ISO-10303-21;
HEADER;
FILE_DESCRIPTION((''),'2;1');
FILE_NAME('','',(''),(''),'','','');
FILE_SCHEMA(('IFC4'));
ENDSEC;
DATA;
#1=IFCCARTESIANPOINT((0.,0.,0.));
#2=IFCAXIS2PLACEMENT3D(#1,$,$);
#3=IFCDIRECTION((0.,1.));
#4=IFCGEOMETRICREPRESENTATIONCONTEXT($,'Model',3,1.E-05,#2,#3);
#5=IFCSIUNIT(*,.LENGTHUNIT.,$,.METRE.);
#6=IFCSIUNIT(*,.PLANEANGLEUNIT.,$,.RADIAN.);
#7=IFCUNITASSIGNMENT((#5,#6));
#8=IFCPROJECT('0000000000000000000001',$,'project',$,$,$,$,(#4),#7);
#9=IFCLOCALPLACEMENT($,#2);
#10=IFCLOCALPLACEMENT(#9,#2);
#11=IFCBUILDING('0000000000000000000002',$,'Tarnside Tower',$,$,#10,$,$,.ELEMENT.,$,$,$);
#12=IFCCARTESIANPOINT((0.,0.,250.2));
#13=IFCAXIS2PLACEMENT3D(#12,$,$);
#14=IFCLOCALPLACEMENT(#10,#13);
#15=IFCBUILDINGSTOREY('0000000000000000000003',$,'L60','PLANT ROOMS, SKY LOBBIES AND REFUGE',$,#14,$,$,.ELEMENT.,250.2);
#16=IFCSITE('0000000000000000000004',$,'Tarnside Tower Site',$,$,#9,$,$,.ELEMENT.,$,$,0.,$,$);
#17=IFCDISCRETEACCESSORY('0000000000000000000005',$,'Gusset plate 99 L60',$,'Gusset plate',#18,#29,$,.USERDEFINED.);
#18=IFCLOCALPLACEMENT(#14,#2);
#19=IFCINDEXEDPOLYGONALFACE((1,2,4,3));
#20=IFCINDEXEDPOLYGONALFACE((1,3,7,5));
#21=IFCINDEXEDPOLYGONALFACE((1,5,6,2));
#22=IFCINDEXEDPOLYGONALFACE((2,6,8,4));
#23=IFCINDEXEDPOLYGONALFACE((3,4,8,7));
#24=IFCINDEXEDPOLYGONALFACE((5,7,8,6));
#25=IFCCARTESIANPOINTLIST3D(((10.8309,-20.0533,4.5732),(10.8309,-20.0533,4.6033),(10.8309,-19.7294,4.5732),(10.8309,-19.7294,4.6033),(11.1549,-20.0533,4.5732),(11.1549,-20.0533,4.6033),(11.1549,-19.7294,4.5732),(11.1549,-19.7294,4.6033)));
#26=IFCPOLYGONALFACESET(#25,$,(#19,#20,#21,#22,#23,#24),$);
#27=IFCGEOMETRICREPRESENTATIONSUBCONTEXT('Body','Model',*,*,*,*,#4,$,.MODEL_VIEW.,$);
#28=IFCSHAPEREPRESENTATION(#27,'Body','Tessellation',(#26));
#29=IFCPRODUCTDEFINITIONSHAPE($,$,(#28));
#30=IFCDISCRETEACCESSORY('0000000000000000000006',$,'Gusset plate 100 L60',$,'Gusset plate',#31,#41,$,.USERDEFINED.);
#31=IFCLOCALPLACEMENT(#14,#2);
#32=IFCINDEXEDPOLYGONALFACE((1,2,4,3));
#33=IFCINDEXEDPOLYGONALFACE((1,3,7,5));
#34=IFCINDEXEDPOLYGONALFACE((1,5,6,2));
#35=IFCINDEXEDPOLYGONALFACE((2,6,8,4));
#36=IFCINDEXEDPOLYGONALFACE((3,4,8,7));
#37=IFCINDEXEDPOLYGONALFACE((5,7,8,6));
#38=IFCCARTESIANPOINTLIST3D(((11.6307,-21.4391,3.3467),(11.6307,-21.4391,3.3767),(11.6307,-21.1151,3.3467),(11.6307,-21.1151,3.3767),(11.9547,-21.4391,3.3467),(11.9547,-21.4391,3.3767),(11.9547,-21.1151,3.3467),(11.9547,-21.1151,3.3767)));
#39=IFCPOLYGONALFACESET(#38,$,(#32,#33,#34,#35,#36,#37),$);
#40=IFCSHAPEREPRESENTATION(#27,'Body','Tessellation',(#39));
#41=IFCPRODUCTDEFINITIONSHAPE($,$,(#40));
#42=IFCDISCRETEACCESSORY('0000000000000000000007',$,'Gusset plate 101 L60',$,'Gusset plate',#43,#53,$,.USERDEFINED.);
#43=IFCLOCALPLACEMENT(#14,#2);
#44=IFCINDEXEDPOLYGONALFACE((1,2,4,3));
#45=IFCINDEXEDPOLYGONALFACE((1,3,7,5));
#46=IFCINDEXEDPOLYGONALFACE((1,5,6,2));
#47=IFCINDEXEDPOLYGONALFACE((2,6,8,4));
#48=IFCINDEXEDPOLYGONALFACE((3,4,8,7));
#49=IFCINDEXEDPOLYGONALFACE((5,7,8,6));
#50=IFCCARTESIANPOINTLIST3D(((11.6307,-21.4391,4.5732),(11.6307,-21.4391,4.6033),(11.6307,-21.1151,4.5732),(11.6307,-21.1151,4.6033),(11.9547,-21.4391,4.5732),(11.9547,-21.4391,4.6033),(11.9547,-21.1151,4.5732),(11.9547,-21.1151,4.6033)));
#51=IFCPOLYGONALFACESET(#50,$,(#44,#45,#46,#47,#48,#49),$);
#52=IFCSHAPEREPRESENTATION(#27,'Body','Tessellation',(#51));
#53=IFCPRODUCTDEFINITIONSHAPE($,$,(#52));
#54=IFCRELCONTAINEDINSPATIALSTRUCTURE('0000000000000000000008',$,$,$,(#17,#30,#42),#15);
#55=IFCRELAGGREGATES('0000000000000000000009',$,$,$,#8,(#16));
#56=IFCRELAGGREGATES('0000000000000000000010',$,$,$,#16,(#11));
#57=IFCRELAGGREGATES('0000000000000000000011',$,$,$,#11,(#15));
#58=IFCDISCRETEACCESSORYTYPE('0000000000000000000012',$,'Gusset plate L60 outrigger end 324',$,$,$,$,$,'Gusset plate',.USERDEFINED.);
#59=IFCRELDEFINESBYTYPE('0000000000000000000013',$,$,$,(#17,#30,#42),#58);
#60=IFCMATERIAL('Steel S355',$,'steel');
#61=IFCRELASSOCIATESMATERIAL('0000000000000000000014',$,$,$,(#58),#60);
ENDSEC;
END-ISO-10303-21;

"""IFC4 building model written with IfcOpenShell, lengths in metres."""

from ifc_helpers import new_model, si_unit, direction, frame, origin, origin_2d, place, context, subcontext, project, spatial, rectangle, extrude, material, type_object, element, save


model = new_model("IFC4")

# Units and contexts
model_context = context("Model", 3, precision=1e-05, world=origin(), true_north=direction((0.0, 1.0)))
body_context = subcontext(model_context, "Body", "Model", "MODEL_VIEW")
ifc_project = project(units=[si_unit("LENGTHUNIT", "METRE"), si_unit("PLANEANGLEUNIT", "RADIAN")], contexts=[model_context])

# Site, building, storey
site_placement = place(None, origin())
site = spatial("IfcSite", under=ifc_project, at=site_placement, Name="Tarnside Tower Site", CompositionType="ELEMENT", RefElevation=0.0)
building_placement = place(site_placement, origin())
building = spatial("IfcBuilding", under=site, at=building_placement, Name="Tarnside Tower", CompositionType="ELEMENT")
storey_placement = place(building_placement, frame((0.0, 0.0, 250.2)))
storey = spatial("IfcBuildingStorey", under=building, at=storey_placement, Name="L60", Description="PLANT ROOMS, SKY LOBBIES AND REFUGE", CompositionType="ELEMENT", Elevation=250.2)

# Shared definitions
ifc_material_1 = material(Name="Steel S355", Category="steel")

# Discrete accessories
discrete_accessory_type_1 = type_object("IfcDiscreteAccessoryType", Name="Gusset plate L60 outrigger end 324", ElementType="Gusset plate", PredefinedType="USERDEFINED", material=ifc_material_1)
for number, where, z_axis, x_axis, name in (
    (1, (10.9929, -19.8914, 4.5732), (0.0, 0.0, 1.0), (1.0, 0.0, 0.0), "Gusset plate 99 L60"),
    (2, (11.7927, -21.2771, 3.3467), (0.0, 0.0, 1.0), (1.0, 0.0, 0.0), "Gusset plate 100 L60"),
    (3, (11.7927, -21.2771, 4.5732), (0.0, 0.0, 1.0), (1.0, 0.0, 0.0), "Gusset plate 101 L60"),
):
    element("IfcDiscreteAccessory", number, at=place(storey_placement, frame(where, z_axis=z_axis, x_axis=x_axis)), inside=storey, type_object=discrete_accessory_type_1, Name=name, ObjectType="Gusset plate", PredefinedType="USERDEFINED", context=body_context, shape_type="SweptSolid", body=[
        extrude(rectangle(XDim=0.324, YDim=0.324, at=origin_2d()), origin(), (0.0, 0.0, 1.0), 0.03),
    ])

save(model, "model.ifc")
